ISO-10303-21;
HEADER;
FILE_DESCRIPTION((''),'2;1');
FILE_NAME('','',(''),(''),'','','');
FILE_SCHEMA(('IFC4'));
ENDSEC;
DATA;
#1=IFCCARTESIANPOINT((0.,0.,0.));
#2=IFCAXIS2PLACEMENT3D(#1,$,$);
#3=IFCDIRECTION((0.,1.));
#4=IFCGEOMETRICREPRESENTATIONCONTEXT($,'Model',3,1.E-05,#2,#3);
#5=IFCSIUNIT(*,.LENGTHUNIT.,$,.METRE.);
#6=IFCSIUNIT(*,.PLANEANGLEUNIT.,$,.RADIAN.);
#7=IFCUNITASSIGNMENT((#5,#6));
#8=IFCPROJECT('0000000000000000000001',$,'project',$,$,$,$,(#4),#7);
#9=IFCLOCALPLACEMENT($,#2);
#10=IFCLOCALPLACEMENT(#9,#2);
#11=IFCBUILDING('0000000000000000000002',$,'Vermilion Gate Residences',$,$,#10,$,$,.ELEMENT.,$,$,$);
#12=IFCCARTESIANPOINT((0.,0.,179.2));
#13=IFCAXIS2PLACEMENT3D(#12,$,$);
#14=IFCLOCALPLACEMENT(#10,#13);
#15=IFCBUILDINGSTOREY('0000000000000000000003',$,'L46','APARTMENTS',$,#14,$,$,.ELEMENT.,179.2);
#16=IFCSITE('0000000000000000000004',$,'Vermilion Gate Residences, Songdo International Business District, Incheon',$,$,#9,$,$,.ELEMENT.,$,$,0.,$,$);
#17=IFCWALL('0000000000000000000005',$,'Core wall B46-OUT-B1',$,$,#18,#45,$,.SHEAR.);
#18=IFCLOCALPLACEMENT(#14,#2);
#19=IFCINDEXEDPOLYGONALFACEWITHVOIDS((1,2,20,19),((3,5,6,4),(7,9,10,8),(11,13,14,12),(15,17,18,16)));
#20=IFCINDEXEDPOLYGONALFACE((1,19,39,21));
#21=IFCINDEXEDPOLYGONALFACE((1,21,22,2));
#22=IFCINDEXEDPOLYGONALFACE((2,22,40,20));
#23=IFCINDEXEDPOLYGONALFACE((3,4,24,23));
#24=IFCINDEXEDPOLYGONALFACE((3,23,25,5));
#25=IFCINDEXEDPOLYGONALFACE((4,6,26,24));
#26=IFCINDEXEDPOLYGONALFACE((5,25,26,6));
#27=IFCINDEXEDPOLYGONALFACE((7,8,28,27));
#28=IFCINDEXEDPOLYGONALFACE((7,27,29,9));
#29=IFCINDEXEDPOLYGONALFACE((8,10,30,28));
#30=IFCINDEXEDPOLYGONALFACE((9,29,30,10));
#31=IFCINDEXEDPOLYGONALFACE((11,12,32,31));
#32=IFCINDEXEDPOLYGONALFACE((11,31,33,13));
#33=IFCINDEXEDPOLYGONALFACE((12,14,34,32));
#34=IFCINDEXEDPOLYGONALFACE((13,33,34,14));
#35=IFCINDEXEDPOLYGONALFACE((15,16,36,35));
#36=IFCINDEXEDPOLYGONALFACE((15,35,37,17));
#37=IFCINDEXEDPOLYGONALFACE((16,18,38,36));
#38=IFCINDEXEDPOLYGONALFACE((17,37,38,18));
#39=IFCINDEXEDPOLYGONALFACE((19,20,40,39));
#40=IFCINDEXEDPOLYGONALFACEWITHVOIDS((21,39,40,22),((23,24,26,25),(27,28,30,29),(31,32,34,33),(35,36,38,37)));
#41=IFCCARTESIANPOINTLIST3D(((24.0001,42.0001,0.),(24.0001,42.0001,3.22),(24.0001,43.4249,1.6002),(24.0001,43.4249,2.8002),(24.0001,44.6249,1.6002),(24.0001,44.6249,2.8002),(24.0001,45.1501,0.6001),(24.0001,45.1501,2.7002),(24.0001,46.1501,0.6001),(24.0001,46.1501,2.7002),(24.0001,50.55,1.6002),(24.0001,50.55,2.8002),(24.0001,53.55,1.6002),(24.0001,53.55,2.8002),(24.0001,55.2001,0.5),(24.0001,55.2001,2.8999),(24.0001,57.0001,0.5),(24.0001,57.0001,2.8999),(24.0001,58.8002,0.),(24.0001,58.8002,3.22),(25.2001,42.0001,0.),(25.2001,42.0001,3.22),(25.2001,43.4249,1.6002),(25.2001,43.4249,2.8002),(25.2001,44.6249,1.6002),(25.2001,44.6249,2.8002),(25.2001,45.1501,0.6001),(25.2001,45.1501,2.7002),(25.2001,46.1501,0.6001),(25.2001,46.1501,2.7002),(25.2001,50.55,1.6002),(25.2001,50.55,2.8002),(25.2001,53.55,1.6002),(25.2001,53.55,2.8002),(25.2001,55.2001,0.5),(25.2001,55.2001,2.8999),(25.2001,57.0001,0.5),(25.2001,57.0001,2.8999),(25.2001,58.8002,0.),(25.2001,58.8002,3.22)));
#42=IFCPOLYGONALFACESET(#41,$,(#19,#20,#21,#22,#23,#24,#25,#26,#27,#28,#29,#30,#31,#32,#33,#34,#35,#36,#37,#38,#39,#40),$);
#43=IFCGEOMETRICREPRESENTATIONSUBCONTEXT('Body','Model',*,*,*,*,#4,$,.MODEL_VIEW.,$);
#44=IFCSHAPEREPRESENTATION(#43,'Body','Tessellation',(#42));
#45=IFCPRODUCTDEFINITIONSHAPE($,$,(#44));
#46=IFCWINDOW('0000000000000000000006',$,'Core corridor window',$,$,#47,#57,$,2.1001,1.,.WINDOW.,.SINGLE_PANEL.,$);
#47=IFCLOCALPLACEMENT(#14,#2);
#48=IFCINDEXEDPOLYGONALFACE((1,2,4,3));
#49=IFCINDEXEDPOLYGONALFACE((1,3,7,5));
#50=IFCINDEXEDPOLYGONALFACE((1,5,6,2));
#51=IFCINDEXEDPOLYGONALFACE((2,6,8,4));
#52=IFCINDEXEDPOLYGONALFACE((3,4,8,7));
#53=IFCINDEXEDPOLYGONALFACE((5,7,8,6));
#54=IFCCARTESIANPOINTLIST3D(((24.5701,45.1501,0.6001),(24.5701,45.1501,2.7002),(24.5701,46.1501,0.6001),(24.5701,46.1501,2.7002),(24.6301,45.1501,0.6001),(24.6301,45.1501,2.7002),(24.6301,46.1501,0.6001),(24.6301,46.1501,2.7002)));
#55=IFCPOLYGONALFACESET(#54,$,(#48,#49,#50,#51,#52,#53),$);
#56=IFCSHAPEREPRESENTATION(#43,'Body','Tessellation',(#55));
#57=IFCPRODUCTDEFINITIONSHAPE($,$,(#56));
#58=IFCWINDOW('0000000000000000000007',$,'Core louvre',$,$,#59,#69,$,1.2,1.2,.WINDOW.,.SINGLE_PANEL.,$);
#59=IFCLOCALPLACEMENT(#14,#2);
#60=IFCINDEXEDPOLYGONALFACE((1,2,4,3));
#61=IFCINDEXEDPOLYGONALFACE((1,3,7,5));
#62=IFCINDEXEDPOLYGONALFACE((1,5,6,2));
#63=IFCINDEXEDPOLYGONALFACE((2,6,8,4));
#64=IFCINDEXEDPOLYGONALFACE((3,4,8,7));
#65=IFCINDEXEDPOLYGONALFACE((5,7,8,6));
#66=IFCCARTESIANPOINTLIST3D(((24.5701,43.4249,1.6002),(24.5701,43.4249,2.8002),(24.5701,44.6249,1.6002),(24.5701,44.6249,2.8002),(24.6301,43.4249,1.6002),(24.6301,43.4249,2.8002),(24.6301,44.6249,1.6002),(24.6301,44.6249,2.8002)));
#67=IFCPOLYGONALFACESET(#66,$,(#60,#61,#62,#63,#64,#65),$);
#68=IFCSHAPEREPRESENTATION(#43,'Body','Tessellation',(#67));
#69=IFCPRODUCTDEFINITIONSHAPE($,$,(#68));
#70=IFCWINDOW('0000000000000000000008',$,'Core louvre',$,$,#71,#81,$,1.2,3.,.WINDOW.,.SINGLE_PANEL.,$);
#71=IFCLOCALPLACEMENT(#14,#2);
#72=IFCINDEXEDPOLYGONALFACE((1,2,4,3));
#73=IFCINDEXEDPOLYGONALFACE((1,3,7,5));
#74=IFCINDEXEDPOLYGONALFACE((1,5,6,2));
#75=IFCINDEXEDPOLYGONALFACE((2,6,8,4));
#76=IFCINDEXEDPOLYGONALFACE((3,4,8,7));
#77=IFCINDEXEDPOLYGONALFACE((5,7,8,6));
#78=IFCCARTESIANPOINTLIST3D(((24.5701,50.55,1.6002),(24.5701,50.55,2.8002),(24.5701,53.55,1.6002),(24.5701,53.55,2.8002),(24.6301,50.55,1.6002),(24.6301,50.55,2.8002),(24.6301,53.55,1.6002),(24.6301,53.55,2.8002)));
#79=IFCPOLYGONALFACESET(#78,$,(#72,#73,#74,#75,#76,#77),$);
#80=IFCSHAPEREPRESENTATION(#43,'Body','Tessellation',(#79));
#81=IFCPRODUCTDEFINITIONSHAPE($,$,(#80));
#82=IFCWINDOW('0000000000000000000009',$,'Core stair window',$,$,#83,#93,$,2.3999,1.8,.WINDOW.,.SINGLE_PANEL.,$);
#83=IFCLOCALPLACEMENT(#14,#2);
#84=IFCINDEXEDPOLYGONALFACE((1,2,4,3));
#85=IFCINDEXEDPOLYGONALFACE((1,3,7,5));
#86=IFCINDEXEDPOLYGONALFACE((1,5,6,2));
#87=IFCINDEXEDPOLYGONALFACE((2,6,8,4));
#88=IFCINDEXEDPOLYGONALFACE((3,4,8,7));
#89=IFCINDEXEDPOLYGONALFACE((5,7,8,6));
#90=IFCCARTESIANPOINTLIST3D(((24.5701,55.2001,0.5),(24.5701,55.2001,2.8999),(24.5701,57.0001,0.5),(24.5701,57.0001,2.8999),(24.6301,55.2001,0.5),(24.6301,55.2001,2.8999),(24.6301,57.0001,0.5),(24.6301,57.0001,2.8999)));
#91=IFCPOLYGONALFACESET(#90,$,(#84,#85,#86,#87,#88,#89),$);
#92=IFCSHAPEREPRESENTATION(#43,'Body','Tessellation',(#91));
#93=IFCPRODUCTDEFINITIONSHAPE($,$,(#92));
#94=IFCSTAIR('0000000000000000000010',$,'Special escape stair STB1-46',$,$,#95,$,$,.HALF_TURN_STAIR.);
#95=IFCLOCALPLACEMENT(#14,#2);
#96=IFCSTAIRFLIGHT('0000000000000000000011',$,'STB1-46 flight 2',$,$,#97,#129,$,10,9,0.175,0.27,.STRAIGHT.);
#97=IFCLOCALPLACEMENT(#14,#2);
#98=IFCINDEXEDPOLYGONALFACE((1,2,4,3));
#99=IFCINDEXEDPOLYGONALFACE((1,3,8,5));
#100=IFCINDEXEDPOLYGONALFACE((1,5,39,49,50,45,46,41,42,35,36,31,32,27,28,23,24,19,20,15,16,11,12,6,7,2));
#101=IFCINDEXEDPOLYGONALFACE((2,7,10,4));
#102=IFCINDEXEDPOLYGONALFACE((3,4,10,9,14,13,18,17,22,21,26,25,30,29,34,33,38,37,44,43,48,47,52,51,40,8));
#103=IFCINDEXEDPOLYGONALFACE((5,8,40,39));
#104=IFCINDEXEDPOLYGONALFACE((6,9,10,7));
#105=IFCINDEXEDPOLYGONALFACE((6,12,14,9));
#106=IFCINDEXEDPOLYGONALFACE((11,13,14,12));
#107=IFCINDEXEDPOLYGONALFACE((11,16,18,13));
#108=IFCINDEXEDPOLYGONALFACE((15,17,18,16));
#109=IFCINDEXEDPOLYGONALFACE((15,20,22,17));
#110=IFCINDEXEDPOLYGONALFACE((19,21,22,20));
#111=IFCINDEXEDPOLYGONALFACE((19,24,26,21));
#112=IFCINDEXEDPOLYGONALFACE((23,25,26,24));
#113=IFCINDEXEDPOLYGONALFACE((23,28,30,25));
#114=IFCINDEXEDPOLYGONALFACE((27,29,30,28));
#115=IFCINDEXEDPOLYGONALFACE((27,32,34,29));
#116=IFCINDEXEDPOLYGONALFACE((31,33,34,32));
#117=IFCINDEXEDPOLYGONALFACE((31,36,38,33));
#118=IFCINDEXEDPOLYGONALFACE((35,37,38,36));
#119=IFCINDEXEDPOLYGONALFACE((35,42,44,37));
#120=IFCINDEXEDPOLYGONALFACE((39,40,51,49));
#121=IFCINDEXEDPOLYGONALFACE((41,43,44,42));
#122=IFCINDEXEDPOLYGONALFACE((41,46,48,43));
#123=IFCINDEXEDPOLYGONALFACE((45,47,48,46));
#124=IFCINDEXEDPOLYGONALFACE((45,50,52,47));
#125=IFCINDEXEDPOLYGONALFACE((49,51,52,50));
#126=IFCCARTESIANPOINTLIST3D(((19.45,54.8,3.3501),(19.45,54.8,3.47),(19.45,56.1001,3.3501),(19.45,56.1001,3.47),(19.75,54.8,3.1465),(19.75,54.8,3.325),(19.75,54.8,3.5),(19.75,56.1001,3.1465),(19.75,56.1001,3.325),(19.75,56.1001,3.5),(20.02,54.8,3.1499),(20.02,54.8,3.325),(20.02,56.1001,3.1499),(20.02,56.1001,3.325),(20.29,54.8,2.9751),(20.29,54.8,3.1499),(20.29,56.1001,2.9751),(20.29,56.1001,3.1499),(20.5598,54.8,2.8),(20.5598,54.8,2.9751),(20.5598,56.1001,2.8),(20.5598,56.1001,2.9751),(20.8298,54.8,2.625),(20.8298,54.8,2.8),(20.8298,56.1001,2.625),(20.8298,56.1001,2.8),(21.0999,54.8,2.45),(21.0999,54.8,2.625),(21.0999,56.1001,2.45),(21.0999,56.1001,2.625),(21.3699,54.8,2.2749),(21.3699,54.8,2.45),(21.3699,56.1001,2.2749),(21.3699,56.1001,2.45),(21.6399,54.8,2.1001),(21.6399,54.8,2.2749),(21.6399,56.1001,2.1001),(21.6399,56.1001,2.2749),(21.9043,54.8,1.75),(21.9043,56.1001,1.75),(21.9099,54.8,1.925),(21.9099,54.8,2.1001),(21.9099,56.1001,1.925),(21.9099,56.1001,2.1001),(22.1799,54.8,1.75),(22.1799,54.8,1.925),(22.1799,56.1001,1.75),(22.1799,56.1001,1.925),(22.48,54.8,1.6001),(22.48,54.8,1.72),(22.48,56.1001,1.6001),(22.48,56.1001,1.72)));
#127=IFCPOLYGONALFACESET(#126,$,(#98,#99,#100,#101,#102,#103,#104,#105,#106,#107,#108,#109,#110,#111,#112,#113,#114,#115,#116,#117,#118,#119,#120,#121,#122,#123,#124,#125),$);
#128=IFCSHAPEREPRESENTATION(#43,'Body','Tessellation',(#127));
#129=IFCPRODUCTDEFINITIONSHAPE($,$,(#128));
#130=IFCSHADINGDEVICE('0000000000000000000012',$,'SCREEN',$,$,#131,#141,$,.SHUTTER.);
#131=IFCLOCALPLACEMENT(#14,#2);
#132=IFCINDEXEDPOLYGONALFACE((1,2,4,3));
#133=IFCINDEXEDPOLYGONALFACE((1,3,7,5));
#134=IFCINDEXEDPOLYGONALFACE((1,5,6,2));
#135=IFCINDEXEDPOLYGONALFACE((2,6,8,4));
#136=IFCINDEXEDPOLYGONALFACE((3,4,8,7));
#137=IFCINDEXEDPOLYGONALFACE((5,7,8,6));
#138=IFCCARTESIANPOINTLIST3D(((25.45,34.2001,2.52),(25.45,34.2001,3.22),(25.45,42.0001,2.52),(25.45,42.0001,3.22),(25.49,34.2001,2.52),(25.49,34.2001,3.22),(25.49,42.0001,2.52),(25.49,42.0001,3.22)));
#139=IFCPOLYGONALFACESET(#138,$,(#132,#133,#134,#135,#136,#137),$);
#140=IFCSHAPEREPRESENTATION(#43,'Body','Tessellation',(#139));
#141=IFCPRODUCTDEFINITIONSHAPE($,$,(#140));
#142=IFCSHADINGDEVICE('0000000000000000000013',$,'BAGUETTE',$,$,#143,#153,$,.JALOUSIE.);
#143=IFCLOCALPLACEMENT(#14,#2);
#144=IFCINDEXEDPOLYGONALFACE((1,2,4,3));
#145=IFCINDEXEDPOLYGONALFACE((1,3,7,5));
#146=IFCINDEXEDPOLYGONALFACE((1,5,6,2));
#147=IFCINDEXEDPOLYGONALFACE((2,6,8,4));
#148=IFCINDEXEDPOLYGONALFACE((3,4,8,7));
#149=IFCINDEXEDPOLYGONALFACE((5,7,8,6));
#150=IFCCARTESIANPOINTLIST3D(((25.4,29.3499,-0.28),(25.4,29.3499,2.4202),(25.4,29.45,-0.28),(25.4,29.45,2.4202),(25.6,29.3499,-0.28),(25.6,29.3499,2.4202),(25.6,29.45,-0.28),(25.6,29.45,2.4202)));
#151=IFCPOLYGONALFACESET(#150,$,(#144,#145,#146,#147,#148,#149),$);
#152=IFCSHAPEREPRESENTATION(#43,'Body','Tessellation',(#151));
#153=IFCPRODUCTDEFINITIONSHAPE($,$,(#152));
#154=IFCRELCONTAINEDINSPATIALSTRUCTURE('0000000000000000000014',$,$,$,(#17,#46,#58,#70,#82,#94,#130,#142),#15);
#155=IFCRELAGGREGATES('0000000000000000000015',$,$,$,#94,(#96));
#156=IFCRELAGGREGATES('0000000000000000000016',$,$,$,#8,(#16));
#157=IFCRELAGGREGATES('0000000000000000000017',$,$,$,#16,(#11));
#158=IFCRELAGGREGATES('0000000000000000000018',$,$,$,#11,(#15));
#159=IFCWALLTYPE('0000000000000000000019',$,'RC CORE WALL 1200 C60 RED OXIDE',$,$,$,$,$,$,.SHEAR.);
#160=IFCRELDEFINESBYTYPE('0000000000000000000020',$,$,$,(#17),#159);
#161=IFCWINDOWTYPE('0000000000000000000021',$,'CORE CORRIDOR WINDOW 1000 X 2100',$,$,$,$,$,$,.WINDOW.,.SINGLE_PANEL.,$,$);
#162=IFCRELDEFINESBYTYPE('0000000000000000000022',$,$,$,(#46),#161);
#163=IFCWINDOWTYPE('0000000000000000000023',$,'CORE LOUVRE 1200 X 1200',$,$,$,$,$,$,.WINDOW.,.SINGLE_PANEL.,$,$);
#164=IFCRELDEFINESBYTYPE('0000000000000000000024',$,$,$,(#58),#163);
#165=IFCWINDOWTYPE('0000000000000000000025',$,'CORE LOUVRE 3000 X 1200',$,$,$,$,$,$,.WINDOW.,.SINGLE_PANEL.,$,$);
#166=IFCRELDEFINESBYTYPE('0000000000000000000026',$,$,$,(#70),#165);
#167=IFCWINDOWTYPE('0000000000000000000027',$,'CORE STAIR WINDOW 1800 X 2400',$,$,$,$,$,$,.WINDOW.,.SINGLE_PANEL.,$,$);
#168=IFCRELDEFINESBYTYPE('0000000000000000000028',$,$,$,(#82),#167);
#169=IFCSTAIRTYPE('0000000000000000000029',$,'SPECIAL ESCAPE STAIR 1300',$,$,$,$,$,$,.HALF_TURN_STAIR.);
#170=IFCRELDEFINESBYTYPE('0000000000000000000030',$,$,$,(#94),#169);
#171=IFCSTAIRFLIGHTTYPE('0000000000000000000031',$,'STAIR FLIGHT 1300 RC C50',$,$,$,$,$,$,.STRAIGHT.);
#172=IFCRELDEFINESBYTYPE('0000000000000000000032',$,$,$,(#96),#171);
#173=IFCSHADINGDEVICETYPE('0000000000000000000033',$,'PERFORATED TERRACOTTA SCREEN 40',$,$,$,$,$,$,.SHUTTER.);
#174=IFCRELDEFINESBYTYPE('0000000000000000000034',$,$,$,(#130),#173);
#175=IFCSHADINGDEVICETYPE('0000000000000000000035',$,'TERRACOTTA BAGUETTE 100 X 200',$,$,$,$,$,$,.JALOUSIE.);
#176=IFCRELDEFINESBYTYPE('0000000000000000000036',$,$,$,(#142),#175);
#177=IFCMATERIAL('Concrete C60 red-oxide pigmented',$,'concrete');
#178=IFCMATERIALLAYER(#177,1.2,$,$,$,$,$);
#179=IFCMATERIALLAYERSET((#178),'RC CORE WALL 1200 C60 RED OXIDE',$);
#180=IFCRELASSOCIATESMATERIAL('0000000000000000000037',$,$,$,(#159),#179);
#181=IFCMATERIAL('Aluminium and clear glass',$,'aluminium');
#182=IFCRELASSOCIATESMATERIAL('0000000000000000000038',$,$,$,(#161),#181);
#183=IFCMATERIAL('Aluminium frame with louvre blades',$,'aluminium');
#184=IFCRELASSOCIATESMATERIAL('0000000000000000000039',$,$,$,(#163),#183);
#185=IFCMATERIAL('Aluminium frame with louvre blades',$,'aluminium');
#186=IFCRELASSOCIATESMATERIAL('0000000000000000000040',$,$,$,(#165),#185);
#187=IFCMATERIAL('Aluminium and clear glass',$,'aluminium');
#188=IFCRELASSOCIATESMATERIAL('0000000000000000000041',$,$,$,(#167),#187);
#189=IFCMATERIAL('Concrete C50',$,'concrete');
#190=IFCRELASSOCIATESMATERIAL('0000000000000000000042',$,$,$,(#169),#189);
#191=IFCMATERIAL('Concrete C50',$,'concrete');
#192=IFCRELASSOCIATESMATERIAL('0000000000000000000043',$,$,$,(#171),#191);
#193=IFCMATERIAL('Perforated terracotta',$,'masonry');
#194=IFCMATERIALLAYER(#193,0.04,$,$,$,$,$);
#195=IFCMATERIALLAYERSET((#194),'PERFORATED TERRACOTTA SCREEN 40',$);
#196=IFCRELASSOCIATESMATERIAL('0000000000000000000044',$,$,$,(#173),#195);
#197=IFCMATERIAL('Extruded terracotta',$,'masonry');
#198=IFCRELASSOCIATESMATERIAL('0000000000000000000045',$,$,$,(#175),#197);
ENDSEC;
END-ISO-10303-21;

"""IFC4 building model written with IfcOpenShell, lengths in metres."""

from ifc_helpers import new_model, si_unit, direction, frame, frame_2d, origin, origin_2d, place, context, subcontext, project, spatial, polyline, rectangle, outline, extrude, material, layer, layer_set, material_profile, profile_set, type_object, element, fill, aggregate, save


model = new_model("IFC4")

# Units and contexts
model_context = context("Model", 3, precision=1e-05, world=origin(), true_north=direction((0.0, 1.0)))
body_context = subcontext(model_context, "Body", "Model", "MODEL_VIEW")
ifc_project = project(units=[si_unit("LENGTHUNIT", "METRE"), si_unit("PLANEANGLEUNIT", "RADIAN")], contexts=[model_context])

# Site, building, storey
site_placement = place(None, origin())
site = spatial("IfcSite", under=ifc_project, at=site_placement, Name="Vermilion Gate Residences, Songdo International Business District, Incheon", CompositionType="ELEMENT", RefElevation=0.0)
building_placement = place(site_placement, origin())
building = spatial("IfcBuilding", under=site, at=building_placement, Name="Vermilion Gate Residences", CompositionType="ELEMENT")
storey_placement = place(building_placement, frame((0.0, 0.0, 179.2)))
storey = spatial("IfcBuildingStorey", under=building, at=storey_placement, Name="L46", Description="APARTMENTS", CompositionType="ELEMENT", Elevation=179.2)

# Wall, openings, windows
ifc_material_1 = material(Name="Concrete C60 red-oxide pigmented", Category="concrete")
ifc_layer_1 = layer(ifc_material_1, 1.2)
ifc_layer_set_1 = layer_set([ifc_layer_1], Name="RC CORE WALL 1200 C60 RED OXIDE")
wall_type_1 = type_object("IfcWallType", Name="RC CORE WALL 1200 C60 RED OXIDE", PredefinedType="SHEAR", material=ifc_layer_set_1)
wall_1_placement = place(storey_placement, frame((24.6001, 58.8, 0.0), z_axis=(0.0, 0.0, 1.0), x_axis=(0.0, -1.0, 0.0)))
wall_1 = element("IfcWall", 1, at=wall_1_placement, inside=storey, type_object=wall_type_1, Name="Core wall B46-OUT-B1", PredefinedType="SHEAR", context=body_context, shape_type="SweptSolid", body=[
    extrude(rectangle(XDim=16.8, YDim=1.2, at=frame_2d((8.3999, 0.0))), origin(), (0.0, 0.0, 1.0), 3.22),
])
opening_1_placement = place(wall_1_placement, frame((1.8, 0.0, 0.5)))
opening_1 = element("IfcOpeningElement", 2, at=opening_1_placement, cuts=wall_1, PredefinedType="OPENING", context=body_context, shape_type="SweptSolid", body=[
    extrude(rectangle(XDim=1.8, YDim=2.3999, at=frame_2d((0.8999, 1.2))), frame((0.0, 0.6099, 0.0), z_axis=(0.0, -1.0, 0.0), x_axis=(1.0, 0.0, 0.0)), (0.0, 0.0, 1.0), 1.22),
])
opening_2_placement = place(wall_1_placement, frame((5.25, 0.0, 1.6001)))
opening_2 = element("IfcOpeningElement", 3, at=opening_2_placement, cuts=wall_1, PredefinedType="OPENING", context=body_context, shape_type="SweptSolid", body=[
    extrude(rectangle(XDim=3.0, YDim=1.2, at=frame_2d((1.5, 0.6001))), frame((0.0, 0.6099, 0.0), z_axis=(0.0, -1.0, 0.0), x_axis=(1.0, 0.0, 0.0)), (0.0, 0.0, 1.0), 1.22),
])
opening_3_placement = place(wall_1_placement, frame((12.6499, 0.0, 0.6001)))
opening_3 = element("IfcOpeningElement", 4, at=opening_3_placement, cuts=wall_1, PredefinedType="OPENING", context=body_context, shape_type="SweptSolid", body=[
    extrude(rectangle(XDim=1.0, YDim=2.1001, at=frame_2d((0.5, 1.05))), frame((0.0, 0.6099, 0.0), z_axis=(0.0, -1.0, 0.0), x_axis=(1.0, 0.0, 0.0)), (0.0, 0.0, 1.0), 1.22),
])
opening_4_placement = place(wall_1_placement, frame((14.175, 0.0, 1.6001)))
opening_4 = element("IfcOpeningElement", 5, at=opening_4_placement, cuts=wall_1, PredefinedType="OPENING", context=body_context, shape_type="SweptSolid", body=[
    extrude(rectangle(XDim=1.2, YDim=1.2, at=frame_2d((0.6001, 0.6001))), frame((0.0, 0.6099, 0.0), z_axis=(0.0, -1.0, 0.0), x_axis=(1.0, 0.0, 0.0)), (0.0, 0.0, 1.0), 1.22),
])
ifc_material_2 = material(Name="Aluminium and clear glass", Category="aluminium")
window_type_1 = type_object("IfcWindowType", Name="CORE CORRIDOR WINDOW 1000 X 2100", PartitioningType="SINGLE_PANEL", PredefinedType="WINDOW", material=ifc_material_2)
window_1_placement = place(opening_3_placement, origin())
window_1 = element("IfcWindow", 6, at=window_1_placement, inside=storey, type_object=window_type_1, Name="Core corridor window", OverallHeight=2.1001, OverallWidth=1.0, PartitioningType="SINGLE_PANEL", PredefinedType="WINDOW", context=body_context, shape_type="SweptSolid", body=[
    extrude(rectangle(XDim=1.0, YDim=2.1001, at=frame_2d((0.5, 1.05))), frame((0.0, 0.03, 0.0), z_axis=(0.0, -1.0, 0.0), x_axis=(1.0, 0.0, 0.0)), (0.0, 0.0, 1.0), 0.0601),
])
fill(opening_3, window_1)
ifc_material_3 = material(Name="Aluminium frame with louvre blades", Category="aluminium")
window_type_2 = type_object("IfcWindowType", Name="CORE LOUVRE 1200 X 1200", PartitioningType="SINGLE_PANEL", PredefinedType="WINDOW", material=ifc_material_3)
window_2_placement = place(opening_4_placement, origin())
window_2 = element("IfcWindow", 7, at=window_2_placement, inside=storey, type_object=window_type_2, Name="Core louvre", OverallHeight=1.2, OverallWidth=1.2, PartitioningType="SINGLE_PANEL", PredefinedType="WINDOW", context=body_context, shape_type="SweptSolid", body=[
    extrude(rectangle(XDim=1.2, YDim=1.2, at=frame_2d((0.6001, 0.6001))), frame((0.0, 0.03, 0.0), z_axis=(0.0, -1.0, 0.0), x_axis=(1.0, 0.0, 0.0)), (0.0, 0.0, 1.0), 0.0601),
])
fill(opening_4, window_2)
ifc_material_4 = material(Name="Aluminium frame with louvre blades", Category="aluminium")
window_type_3 = type_object("IfcWindowType", Name="CORE LOUVRE 3000 X 1200", PartitioningType="SINGLE_PANEL", PredefinedType="WINDOW", material=ifc_material_4)
window_3_placement = place(opening_2_placement, origin())
window_3 = element("IfcWindow", 8, at=window_3_placement, inside=storey, type_object=window_type_3, Name="Core louvre", OverallHeight=1.2, OverallWidth=3.0, PartitioningType="SINGLE_PANEL", PredefinedType="WINDOW", context=body_context, shape_type="SweptSolid", body=[
    extrude(rectangle(XDim=3.0, YDim=1.2, at=frame_2d((1.5, 0.6001))), frame((0.0, 0.03, 0.0), z_axis=(0.0, -1.0, 0.0), x_axis=(1.0, 0.0, 0.0)), (0.0, 0.0, 1.0), 0.0601),
])
fill(opening_2, window_3)
ifc_material_5 = material(Name="Aluminium and clear glass", Category="aluminium")
window_type_4 = type_object("IfcWindowType", Name="CORE STAIR WINDOW 1800 X 2400", PartitioningType="SINGLE_PANEL", PredefinedType="WINDOW", material=ifc_material_5)
window_4_placement = place(opening_1_placement, origin())
window_4 = element("IfcWindow", 9, at=window_4_placement, inside=storey, type_object=window_type_4, Name="Core stair window", OverallHeight=2.3999, OverallWidth=1.8, PartitioningType="SINGLE_PANEL", PredefinedType="WINDOW", context=body_context, shape_type="SweptSolid", body=[
    extrude(rectangle(XDim=1.8, YDim=2.3999, at=frame_2d((0.8999, 1.2))), frame((0.0, 0.03, 0.0), z_axis=(0.0, -1.0, 0.0), x_axis=(1.0, 0.0, 0.0)), (0.0, 0.0, 1.0), 0.0601),
])
fill(opening_1, window_4)

# Stair, stair flight
ifc_material_6 = material(Name="Concrete C50", Category="concrete")
stair_type = type_object("IfcStairType", Name="SPECIAL ESCAPE STAIR 1300", PredefinedType="HALF_TURN_STAIR", material=ifc_material_6)
stair_placement = place(storey_placement, origin())
stair = element("IfcStair", 10, at=stair_placement, inside=storey, type_object=stair_type, Name="Special escape stair STB1-46", PredefinedType="HALF_TURN_STAIR")
ifc_material_7 = material(Name="Concrete C50", Category="concrete")
stair_flight_type = type_object("IfcStairFlightType", Name="STAIR FLIGHT 1300 RC C50", PredefinedType="STRAIGHT", material=ifc_material_7)
stair_flight_placement = place(storey_placement, frame((22.1799, 55.45, 1.75), z_axis=(0.0, 0.0, 1.0), x_axis=(-1.0, 0.0, 0.0)))
stair_flight = element("IfcStairFlight", 11, at=stair_flight_placement, type_object=stair_flight_type, Name="STB1-46 flight 2", NumberOfRisers=10, NumberOfTreads=9, PredefinedType="STRAIGHT", RiserHeight=0.175, TreadLength=0.27, context=body_context, shape_type="SweptSolid", body=[
    extrude(outline(polyline([(-0.3, -0.1499), (-0.3, -0.03), (0.0, 0.0), (0.0, 0.175), (0.27, 0.175), (0.27, 0.3501), (0.54, 0.3501), (0.54, 0.5249), (0.8101, 0.5249), (0.8101, 0.7), (1.0801, 0.7), (1.0801, 0.875), (1.3501, 0.875), (1.3501, 1.05), (1.6201, 1.05), (1.6201, 1.2251), (1.8899, 1.2251), (1.8899, 1.3999), (2.1599, 1.3999), (2.1599, 1.575), (2.4299, 1.575), (2.4299, 1.75), (2.73, 1.72), (2.73, 1.6001), (2.4299, 1.3965), (0.2756, 0.0), (-0.3, -0.1499)])), frame((0.0, 0.6499, 0.0), z_axis=(0.0, -1.0, 0.0), x_axis=(1.0, 0.0, 0.0)), (0.0, 0.0, 1.0), 1.3),
])
aggregate(stair, [stair_flight])

# Shading devices
ifc_material_8 = material(Name="Perforated terracotta", Category="masonry")
ifc_layer_2 = layer(ifc_material_8, 0.04)
ifc_layer_set_2 = layer_set([ifc_layer_2], Name="PERFORATED TERRACOTTA SCREEN 40")
shading_device_type_1 = type_object("IfcShadingDeviceType", Name="PERFORATED TERRACOTTA SCREEN 40", PredefinedType="SHUTTER", material=ifc_layer_set_2)
shading_device_1_placement = place(storey_placement, frame((25.47, 38.1001, 2.52), z_axis=(0.0, 0.0, 1.0), x_axis=(0.0, 1.0, 0.0)))
element("IfcShadingDevice", 12, at=shading_device_1_placement, inside=storey, type_object=shading_device_type_1, Name="SCREEN", PredefinedType="SHUTTER", context=body_context, shape_type="SweptSolid", body=[
    extrude(rectangle(XDim=7.8, YDim=0.04, at=origin_2d()), origin(), (0.0, 0.0, 1.0), 0.7),
])
ifc_material_9 = material(Name="Extruded terracotta", Category="masonry")
ifc_material_profile_1 = material_profile(ifc_material_9, rectangle(XDim=0.2, YDim=0.1001, at=origin_2d()), Name="BAGUETTE 100 X 200")
ifc_profile_set_1 = profile_set([ifc_material_profile_1], Name="Extruded terracotta")
shading_device_type_2 = type_object("IfcShadingDeviceType", Name="TERRACOTTA BAGUETTE 100 X 200", PredefinedType="JALOUSIE", material=ifc_profile_set_1)
shading_device_2_placement = place(storey_placement, frame((25.5, 29.3999, -0.28), z_axis=(0.0, 0.0, 1.0), x_axis=(-1.0, 0.0, 0.0)))
element("IfcShadingDevice", 13, at=shading_device_2_placement, inside=storey, type_object=shading_device_type_2, Name="BAGUETTE", PredefinedType="JALOUSIE", context=body_context, shape_type="SweptSolid", body=[
    extrude(rectangle(XDim=0.2, YDim=0.1001, at=origin_2d()), origin(), (0.0, 0.0, 1.0), 2.7002),
])

save(model, "model.ifc")
